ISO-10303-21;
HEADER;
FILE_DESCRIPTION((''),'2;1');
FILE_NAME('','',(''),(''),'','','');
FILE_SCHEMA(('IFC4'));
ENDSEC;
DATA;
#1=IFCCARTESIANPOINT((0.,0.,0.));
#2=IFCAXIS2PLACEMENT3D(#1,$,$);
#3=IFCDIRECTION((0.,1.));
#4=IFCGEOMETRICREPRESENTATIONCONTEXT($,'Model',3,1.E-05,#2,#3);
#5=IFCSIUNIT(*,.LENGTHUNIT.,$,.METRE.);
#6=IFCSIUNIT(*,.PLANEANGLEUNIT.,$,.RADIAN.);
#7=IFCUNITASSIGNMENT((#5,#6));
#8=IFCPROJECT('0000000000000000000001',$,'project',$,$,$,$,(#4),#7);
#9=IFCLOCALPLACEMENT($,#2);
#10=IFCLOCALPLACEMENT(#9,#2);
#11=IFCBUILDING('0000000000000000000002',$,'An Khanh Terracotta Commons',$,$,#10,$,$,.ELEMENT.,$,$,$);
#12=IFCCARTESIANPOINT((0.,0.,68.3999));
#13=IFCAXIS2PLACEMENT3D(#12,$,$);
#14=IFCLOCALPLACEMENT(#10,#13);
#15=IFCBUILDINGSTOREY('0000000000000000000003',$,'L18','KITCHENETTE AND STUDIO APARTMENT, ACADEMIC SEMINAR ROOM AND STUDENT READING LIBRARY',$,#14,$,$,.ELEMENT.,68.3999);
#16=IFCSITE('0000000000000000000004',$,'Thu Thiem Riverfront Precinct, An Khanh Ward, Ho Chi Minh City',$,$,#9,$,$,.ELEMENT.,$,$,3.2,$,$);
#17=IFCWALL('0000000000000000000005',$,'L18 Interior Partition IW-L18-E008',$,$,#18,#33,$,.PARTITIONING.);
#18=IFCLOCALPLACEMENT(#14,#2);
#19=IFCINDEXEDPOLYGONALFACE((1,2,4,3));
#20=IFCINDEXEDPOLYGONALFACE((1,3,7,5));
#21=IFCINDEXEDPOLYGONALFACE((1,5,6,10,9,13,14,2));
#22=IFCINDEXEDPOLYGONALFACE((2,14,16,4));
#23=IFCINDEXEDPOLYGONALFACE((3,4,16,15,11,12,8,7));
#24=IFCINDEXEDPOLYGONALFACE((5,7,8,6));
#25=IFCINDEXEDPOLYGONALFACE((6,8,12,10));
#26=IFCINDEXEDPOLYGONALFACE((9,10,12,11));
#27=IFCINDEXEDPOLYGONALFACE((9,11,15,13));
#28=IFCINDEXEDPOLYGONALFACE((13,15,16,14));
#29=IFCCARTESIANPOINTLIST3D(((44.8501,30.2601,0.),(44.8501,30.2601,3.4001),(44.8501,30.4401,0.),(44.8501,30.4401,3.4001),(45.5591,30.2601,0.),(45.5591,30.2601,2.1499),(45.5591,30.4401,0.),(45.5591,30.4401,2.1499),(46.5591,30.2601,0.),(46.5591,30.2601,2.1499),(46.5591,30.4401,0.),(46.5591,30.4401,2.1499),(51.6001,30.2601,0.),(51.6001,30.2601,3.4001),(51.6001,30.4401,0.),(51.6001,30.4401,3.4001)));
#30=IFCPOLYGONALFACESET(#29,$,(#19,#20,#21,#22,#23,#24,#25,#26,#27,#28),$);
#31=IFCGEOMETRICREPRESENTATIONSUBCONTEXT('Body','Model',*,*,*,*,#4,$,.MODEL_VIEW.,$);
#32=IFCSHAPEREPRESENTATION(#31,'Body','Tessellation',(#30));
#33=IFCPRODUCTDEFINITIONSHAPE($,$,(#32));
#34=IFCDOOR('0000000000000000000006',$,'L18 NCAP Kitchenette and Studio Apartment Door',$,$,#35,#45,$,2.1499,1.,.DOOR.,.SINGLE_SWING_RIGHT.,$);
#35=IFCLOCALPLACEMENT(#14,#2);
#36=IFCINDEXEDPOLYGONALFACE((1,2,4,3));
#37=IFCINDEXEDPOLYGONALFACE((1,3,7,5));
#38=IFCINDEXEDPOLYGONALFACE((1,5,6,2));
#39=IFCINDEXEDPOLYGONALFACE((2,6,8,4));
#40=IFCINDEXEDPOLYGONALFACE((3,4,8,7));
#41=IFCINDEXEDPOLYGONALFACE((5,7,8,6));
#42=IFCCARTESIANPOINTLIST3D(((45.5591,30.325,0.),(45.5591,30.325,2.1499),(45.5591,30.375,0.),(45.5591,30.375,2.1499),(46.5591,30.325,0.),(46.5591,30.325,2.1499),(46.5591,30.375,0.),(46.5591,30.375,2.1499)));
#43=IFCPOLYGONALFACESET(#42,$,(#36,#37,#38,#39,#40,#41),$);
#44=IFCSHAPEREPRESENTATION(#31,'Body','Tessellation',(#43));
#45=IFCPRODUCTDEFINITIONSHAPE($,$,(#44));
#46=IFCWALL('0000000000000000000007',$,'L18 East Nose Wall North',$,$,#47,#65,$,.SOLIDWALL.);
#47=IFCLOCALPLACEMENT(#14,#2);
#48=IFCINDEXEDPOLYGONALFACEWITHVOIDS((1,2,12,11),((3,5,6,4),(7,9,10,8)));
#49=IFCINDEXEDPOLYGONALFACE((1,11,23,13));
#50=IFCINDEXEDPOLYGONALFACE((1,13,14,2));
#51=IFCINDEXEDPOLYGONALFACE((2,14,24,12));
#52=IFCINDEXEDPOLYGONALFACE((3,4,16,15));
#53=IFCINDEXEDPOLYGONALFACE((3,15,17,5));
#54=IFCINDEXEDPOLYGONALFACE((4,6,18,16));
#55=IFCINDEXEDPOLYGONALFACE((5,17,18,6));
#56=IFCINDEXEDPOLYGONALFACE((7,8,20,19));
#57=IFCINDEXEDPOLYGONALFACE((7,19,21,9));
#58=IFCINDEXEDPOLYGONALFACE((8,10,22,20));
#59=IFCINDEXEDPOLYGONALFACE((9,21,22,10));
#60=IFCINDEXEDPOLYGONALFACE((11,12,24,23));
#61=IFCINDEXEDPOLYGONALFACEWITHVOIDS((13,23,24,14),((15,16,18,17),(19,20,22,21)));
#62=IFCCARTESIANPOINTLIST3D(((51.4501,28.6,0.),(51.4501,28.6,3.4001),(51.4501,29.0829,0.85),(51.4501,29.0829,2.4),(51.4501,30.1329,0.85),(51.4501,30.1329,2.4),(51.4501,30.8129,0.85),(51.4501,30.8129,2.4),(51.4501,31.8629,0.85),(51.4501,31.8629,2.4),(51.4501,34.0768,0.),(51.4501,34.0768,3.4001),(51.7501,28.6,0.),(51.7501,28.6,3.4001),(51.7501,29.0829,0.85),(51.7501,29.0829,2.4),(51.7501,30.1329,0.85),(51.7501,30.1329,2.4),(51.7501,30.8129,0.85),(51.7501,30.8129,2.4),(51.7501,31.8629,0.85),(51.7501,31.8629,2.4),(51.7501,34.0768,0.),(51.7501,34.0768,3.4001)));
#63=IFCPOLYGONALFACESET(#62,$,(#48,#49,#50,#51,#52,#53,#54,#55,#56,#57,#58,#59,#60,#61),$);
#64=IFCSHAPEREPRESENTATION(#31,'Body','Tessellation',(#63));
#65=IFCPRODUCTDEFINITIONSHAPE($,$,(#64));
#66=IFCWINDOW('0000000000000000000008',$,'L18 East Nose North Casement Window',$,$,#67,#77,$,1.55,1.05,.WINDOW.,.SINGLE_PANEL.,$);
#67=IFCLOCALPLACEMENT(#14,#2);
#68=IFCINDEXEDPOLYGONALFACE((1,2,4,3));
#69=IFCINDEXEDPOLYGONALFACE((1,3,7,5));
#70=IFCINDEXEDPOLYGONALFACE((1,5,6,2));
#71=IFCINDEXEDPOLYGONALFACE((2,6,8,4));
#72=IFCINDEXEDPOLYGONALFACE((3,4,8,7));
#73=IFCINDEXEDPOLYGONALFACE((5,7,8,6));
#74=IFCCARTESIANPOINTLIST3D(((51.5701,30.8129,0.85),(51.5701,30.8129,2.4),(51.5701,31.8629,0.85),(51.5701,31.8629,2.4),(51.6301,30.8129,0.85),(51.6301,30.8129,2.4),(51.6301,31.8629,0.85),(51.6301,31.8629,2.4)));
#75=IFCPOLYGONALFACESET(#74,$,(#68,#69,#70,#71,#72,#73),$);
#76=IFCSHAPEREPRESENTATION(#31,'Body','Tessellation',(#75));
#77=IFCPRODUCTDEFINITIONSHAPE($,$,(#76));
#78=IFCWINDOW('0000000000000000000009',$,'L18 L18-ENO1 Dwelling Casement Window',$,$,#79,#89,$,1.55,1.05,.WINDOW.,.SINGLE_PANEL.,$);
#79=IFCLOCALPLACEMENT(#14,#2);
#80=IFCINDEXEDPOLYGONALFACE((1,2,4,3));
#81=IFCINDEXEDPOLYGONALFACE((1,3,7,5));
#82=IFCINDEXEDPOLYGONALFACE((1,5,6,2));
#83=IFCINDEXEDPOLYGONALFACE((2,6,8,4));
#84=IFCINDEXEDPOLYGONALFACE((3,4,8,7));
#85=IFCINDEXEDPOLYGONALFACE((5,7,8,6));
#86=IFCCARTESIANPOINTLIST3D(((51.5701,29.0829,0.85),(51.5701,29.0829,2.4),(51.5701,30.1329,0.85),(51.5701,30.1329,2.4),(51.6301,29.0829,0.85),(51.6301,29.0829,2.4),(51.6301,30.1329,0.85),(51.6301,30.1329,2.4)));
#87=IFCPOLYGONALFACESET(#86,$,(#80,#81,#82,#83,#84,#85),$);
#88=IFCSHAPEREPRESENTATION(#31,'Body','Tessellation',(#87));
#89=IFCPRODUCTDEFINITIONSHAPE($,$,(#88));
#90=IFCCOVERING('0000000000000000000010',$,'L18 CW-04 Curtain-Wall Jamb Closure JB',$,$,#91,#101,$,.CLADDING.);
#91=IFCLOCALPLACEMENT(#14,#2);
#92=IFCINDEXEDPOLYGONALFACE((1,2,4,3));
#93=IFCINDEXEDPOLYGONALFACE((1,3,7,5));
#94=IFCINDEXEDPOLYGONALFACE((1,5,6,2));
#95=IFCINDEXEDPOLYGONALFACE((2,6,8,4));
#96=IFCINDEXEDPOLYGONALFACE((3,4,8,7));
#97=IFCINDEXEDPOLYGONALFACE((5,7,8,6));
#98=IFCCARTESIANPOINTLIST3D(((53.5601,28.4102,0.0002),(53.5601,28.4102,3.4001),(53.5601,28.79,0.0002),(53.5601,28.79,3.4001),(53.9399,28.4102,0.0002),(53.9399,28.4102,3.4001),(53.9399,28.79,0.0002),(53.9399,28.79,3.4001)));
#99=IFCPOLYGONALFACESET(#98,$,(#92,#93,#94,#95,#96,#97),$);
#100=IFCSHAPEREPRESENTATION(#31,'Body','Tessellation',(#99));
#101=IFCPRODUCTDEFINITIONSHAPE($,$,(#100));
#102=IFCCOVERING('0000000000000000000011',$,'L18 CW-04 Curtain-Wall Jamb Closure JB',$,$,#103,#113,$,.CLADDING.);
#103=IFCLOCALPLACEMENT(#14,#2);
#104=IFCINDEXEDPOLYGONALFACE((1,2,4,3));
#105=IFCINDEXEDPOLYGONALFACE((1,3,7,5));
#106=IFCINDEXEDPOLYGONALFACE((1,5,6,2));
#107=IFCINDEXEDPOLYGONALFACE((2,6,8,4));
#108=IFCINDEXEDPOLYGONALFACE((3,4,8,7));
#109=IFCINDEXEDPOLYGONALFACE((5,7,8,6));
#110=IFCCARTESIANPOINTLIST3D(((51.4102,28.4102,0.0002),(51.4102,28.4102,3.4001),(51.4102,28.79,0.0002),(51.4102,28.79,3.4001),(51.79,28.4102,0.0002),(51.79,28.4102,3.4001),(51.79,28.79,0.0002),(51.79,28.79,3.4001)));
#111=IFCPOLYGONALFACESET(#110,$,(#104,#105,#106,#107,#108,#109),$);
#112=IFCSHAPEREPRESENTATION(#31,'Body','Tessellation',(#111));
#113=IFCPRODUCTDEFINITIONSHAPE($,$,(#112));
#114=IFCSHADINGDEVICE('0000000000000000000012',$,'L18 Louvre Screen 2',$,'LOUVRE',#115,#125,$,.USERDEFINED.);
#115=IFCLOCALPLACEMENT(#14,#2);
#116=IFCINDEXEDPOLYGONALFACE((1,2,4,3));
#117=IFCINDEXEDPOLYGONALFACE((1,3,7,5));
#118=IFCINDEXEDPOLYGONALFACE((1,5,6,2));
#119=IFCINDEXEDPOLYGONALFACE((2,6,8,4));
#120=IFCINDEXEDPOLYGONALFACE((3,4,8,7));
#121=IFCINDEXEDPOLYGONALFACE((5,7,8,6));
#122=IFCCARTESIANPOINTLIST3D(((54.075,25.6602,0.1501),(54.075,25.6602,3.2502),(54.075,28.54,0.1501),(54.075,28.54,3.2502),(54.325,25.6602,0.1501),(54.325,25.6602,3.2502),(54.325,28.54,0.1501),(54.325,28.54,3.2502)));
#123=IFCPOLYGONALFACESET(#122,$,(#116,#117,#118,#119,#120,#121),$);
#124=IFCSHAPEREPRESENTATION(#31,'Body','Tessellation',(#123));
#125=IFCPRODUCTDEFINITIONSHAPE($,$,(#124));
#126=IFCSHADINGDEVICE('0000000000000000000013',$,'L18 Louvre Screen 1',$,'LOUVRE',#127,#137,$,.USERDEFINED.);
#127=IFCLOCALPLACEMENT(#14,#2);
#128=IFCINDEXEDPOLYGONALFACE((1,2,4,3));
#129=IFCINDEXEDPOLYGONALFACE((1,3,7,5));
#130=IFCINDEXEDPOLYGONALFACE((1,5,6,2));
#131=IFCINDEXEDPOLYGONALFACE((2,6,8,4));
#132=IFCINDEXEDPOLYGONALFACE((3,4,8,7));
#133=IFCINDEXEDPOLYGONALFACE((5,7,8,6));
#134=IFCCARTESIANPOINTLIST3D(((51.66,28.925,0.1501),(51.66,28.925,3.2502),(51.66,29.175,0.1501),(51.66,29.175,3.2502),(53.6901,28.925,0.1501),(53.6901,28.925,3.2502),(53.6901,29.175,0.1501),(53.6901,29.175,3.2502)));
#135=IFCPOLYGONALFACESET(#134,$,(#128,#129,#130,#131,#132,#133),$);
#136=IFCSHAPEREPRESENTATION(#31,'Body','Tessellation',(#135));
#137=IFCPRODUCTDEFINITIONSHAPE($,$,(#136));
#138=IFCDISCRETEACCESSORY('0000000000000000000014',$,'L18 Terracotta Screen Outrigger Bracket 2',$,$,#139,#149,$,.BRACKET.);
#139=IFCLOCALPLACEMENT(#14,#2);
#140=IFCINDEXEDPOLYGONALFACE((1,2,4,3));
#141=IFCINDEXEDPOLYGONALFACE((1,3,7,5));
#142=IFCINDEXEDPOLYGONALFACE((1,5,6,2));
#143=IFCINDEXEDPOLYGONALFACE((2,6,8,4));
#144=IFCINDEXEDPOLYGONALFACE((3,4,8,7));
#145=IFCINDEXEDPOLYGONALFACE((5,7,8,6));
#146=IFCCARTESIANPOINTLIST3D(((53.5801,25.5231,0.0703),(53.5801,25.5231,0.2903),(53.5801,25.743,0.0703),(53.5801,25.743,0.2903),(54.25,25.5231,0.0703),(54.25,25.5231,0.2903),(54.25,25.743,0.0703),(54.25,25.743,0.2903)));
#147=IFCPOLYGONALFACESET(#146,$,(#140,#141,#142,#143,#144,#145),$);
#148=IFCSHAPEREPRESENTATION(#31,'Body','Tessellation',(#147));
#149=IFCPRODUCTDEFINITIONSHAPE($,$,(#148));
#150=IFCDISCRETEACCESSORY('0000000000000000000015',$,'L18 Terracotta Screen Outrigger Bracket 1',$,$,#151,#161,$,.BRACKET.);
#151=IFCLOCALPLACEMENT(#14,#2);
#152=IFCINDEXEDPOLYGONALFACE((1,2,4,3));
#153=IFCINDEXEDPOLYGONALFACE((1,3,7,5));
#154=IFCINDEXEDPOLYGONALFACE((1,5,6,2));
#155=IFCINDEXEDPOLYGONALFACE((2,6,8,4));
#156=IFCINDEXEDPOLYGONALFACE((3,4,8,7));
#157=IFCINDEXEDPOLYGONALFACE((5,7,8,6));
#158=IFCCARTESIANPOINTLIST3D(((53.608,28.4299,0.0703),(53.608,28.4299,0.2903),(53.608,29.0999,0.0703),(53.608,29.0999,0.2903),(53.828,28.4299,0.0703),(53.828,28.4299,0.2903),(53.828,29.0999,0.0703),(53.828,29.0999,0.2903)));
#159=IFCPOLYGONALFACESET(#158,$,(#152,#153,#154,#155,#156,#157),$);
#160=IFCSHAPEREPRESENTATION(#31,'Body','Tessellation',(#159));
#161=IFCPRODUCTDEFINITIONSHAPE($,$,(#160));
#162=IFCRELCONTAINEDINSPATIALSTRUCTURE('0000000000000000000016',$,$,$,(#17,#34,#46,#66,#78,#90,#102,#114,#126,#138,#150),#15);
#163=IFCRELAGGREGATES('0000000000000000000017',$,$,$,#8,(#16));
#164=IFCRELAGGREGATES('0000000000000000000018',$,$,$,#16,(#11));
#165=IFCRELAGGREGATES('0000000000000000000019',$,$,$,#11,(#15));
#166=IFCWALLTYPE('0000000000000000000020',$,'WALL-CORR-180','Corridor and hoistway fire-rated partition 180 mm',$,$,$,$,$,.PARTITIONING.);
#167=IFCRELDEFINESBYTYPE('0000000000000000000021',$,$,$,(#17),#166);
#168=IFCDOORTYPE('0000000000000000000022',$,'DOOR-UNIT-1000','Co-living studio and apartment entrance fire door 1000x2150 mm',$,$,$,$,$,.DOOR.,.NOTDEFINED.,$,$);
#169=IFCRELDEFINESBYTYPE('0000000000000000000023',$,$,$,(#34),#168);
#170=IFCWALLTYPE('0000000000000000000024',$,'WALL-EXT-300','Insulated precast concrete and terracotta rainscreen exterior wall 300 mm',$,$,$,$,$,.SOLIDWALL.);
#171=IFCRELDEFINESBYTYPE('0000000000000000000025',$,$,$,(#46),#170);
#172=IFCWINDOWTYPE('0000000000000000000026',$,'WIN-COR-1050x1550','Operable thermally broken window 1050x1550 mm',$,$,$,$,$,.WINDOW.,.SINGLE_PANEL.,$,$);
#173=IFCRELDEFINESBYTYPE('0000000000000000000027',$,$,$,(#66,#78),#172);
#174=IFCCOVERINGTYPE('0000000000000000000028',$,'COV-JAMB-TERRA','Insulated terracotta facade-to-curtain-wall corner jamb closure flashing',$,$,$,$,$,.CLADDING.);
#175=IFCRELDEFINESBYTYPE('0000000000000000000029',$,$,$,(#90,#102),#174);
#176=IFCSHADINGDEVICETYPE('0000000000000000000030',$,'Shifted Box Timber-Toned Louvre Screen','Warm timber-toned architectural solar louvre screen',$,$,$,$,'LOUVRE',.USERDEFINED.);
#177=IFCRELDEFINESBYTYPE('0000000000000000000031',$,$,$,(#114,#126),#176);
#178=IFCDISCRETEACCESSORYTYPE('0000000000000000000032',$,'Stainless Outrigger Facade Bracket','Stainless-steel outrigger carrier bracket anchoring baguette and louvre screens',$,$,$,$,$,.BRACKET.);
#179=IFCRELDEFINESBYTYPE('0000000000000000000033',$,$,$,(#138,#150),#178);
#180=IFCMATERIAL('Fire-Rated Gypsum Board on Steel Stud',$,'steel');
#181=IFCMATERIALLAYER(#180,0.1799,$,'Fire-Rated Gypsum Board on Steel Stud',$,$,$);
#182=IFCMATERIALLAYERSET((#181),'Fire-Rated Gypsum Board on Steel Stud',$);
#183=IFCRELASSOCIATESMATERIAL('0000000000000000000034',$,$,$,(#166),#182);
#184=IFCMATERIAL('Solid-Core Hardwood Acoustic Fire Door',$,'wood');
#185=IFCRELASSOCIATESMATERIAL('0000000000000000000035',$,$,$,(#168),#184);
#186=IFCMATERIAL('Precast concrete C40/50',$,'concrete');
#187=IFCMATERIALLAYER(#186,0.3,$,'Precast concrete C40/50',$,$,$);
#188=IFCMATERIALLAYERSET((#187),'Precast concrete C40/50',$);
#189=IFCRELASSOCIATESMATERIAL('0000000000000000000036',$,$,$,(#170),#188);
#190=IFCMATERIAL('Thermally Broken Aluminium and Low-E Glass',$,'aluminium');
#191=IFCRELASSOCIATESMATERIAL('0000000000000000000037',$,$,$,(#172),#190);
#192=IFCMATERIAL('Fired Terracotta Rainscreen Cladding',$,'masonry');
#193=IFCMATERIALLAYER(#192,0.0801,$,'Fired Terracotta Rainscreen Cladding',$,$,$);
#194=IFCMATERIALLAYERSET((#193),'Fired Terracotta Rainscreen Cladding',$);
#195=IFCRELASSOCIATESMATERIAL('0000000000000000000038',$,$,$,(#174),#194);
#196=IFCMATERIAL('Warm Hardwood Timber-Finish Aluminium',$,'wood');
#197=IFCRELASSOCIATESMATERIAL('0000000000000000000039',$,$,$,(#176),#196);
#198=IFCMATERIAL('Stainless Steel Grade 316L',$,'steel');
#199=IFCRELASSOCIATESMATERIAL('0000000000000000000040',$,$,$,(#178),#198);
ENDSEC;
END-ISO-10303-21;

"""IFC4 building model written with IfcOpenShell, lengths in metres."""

from ifc_helpers import new_model, si_unit, direction, frame, frame_2d, origin, origin_2d, place, context, subcontext, project, spatial, rectangle, extrude, material, layer, layer_set, type_object, element, fill, save


model = new_model("IFC4")

# Units and contexts
model_context = context("Model", 3, precision=1e-05, world=origin(), true_north=direction((0.0, 1.0)))
body_context = subcontext(model_context, "Body", "Model", "MODEL_VIEW")
ifc_project = project(units=[si_unit("LENGTHUNIT", "METRE"), si_unit("PLANEANGLEUNIT", "RADIAN")], contexts=[model_context])

# Site, building, storey
site_placement = place(None, origin())
site = spatial("IfcSite", under=ifc_project, at=site_placement, Name="Thu Thiem Riverfront Precinct, An Khanh Ward, Ho Chi Minh City", CompositionType="ELEMENT", RefElevation=3.2)
building_placement = place(site_placement, origin())
building = spatial("IfcBuilding", under=site, at=building_placement, Name="An Khanh Terracotta Commons", CompositionType="ELEMENT")
storey_placement = place(building_placement, frame((0.0, 0.0, 68.3999)))
storey = spatial("IfcBuildingStorey", under=building, at=storey_placement, Name="L18", Description="KITCHENETTE AND STUDIO APARTMENT, ACADEMIC SEMINAR ROOM AND STUDENT READING LIBRARY", CompositionType="ELEMENT", Elevation=68.3999)

# Wall, opening, door
ifc_material_1 = material(Name="Fire-Rated Gypsum Board on Steel Stud", Category="steel")
ifc_layer_1 = layer(ifc_material_1, 0.1799, Name="Fire-Rated Gypsum Board on Steel Stud")
ifc_layer_set_1 = layer_set([ifc_layer_1], Name="Fire-Rated Gypsum Board on Steel Stud")
wall_type_1 = type_object("IfcWallType", Name="WALL-CORR-180", Description="Corridor and hoistway fire-rated partition 180 mm", PredefinedType="PARTITIONING", material=ifc_layer_set_1)
wall_1_placement = place(storey_placement, frame((44.8501, 30.3501, 0.0), z_axis=(0.0, 0.0, 1.0), x_axis=(1.0, 0.0, 0.0)))
wall_1 = element("IfcWall", 1, at=wall_1_placement, inside=storey, type_object=wall_type_1, Name="L18 Interior Partition IW-L18-E008", PredefinedType="PARTITIONING", context=body_context, shape_type="SweptSolid", body=[
    extrude(rectangle(XDim=6.75, YDim=0.1799, at=frame_2d((3.375, 0.0))), origin(), (0.0, 0.0, 1.0), 3.4001),
])
opening_1_placement = place(wall_1_placement, frame((0.709, 0.0, 0.0)))
opening_1 = element("IfcOpeningElement", 2, at=opening_1_placement, cuts=wall_1, PredefinedType="OPENING", context=body_context, shape_type="SweptSolid", body=[
    extrude(rectangle(XDim=1.0, YDim=2.1499, at=frame_2d((0.5, 1.075))), frame((0.0, 0.0999, 0.0), z_axis=(0.0, -1.0, 0.0), x_axis=(1.0, 0.0, 0.0)), (0.0, 0.0, 1.0), 0.2),
])
ifc_material_2 = material(Name="Solid-Core Hardwood Acoustic Fire Door", Category="wood")
door_type = type_object("IfcDoorType", Name="DOOR-UNIT-1000", Description="Co-living studio and apartment entrance fire door 1000x2150 mm", OperationType="NOTDEFINED", PredefinedType="DOOR", material=ifc_material_2)
door_placement = place(opening_1_placement, origin())
door = element("IfcDoor", 3, at=door_placement, inside=storey, type_object=door_type, Name="L18 NCAP Kitchenette and Studio Apartment Door", OperationType="SINGLE_SWING_RIGHT", OverallHeight=2.1499, OverallWidth=1.0, PredefinedType="DOOR", context=body_context, shape_type="SweptSolid", body=[
    extrude(rectangle(XDim=1.0, YDim=2.1499, at=frame_2d((0.5, 1.075))), frame((0.0, 0.0249, 0.0), z_axis=(0.0, -1.0, 0.0), x_axis=(1.0, 0.0, 0.0)), (0.0, 0.0, 1.0), 0.05),
])
fill(opening_1, door)

# Wall, openings, windows
ifc_material_3 = material(Name="Precast concrete C40/50", Category="concrete")
ifc_layer_2 = layer(ifc_material_3, 0.3, Name="Precast concrete C40/50")
ifc_layer_set_2 = layer_set([ifc_layer_2], Name="Precast concrete C40/50")
wall_type_2 = type_object("IfcWallType", Name="WALL-EXT-300", Description="Insulated precast concrete and terracotta rainscreen exterior wall 300 mm", PredefinedType="SOLIDWALL", material=ifc_layer_set_2)
wall_2_placement = place(storey_placement, frame((51.6001, 28.6001, 0.0), z_axis=(0.0, 0.0, 1.0), x_axis=(0.0, 1.0, 0.0)))
wall_2 = element("IfcWall", 4, at=wall_2_placement, inside=storey, type_object=wall_type_2, Name="L18 East Nose Wall North", PredefinedType="SOLIDWALL", context=body_context, shape_type="SweptSolid", body=[
    extrude(rectangle(XDim=5.4768, YDim=0.3, at=frame_2d((2.7383, 0.0))), origin(), (0.0, 0.0, 1.0), 3.4001),
])
opening_2_placement = place(wall_2_placement, frame((2.2129, 0.0, 0.8501)))
opening_2 = element("IfcOpeningElement", 5, at=opening_2_placement, cuts=wall_2, PredefinedType="OPENING", context=body_context, shape_type="SweptSolid", body=[
    extrude(rectangle(XDim=1.05, YDim=1.55, at=frame_2d((0.5249, 0.7749))), frame((0.0, 0.1599, 0.0), z_axis=(0.0, -1.0, 0.0), x_axis=(1.0, 0.0, 0.0)), (0.0, 0.0, 1.0), 0.3201),
])
opening_3_placement = place(wall_2_placement, frame((0.4829, 0.0, 0.8501)))
opening_3 = element("IfcOpeningElement", 6, at=opening_3_placement, cuts=wall_2, PredefinedType="OPENING", context=body_context, shape_type="SweptSolid", body=[
    extrude(rectangle(XDim=1.05, YDim=1.55, at=frame_2d((0.5249, 0.7749))), frame((0.0, 0.1599, 0.0), z_axis=(0.0, -1.0, 0.0), x_axis=(1.0, 0.0, 0.0)), (0.0, 0.0, 1.0), 0.3201),
])
ifc_material_4 = material(Name="Thermally Broken Aluminium and Low-E Glass", Category="aluminium")
window_type = type_object("IfcWindowType", Name="WIN-COR-1050x1550", Description="Operable thermally broken window 1050x1550 mm", PartitioningType="SINGLE_PANEL", PredefinedType="WINDOW", material=ifc_material_4)
window_1_placement = place(opening_2_placement, origin())
window_1 = element("IfcWindow", 7, at=window_1_placement, inside=storey, type_object=window_type, Name="L18 East Nose North Casement Window", OverallHeight=1.55, OverallWidth=1.05, PartitioningType="SINGLE_PANEL", PredefinedType="WINDOW", context=body_context, shape_type="SweptSolid", body=[
    extrude(rectangle(XDim=1.05, YDim=1.55, at=frame_2d((0.5249, 0.7749))), frame((0.0, 0.03, 0.0), z_axis=(0.0, -1.0, 0.0), x_axis=(1.0, 0.0, 0.0)), (0.0, 0.0, 1.0), 0.0601),
])
fill(opening_2, window_1)
window_2_placement = place(opening_3_placement, origin())
window_2 = element("IfcWindow", 8, at=window_2_placement, inside=storey, type_object=window_type, Name="L18 L18-ENO1 Dwelling Casement Window", OverallHeight=1.55, OverallWidth=1.05, PartitioningType="SINGLE_PANEL", PredefinedType="WINDOW", context=body_context, shape_type="SweptSolid", body=[
    extrude(rectangle(XDim=1.05, YDim=1.55, at=frame_2d((0.5249, 0.7749))), frame((0.0, 0.03, 0.0), z_axis=(0.0, -1.0, 0.0), x_axis=(1.0, 0.0, 0.0)), (0.0, 0.0, 1.0), 0.0601),
])
fill(opening_3, window_2)

# Coverings
ifc_material_5 = material(Name="Fired Terracotta Rainscreen Cladding", Category="masonry")
ifc_layer_3 = layer(ifc_material_5, 0.0801, Name="Fired Terracotta Rainscreen Cladding")
ifc_layer_set_3 = layer_set([ifc_layer_3], Name="Fired Terracotta Rainscreen Cladding")
covering_type = type_object("IfcCoveringType", Name="COV-JAMB-TERRA", Description="Insulated terracotta facade-to-curtain-wall corner jamb closure flashing", PredefinedType="CLADDING", material=ifc_layer_set_3)
for number, where, z_axis, x_axis, name in (
    (9, (53.75, 28.6001, 0.0002), (0.0, 0.0, 1.0), (1.0, 0.0, 0.0), "L18 CW-04 Curtain-Wall Jamb Closure JB"),
    (10, (51.6001, 28.6001, 0.0002), (0.0, 0.0, 1.0), (1.0, 0.0, 0.0), "L18 CW-04 Curtain-Wall Jamb Closure JB"),
):
    element("IfcCovering", number, at=place(storey_placement, frame(where, z_axis=z_axis, x_axis=x_axis)), inside=storey, type_object=covering_type, Name=name, PredefinedType="CLADDING", context=body_context, shape_type="SweptSolid", body=[
        extrude(rectangle(XDim=0.3799, YDim=0.3799, at=origin_2d()), origin(), (0.0, 0.0, 1.0), 3.3999),
    ])

# Shading devices
ifc_material_6 = material(Name="Warm Hardwood Timber-Finish Aluminium", Category="wood")
shading_device_type = type_object("IfcShadingDeviceType", Name="Shifted Box Timber-Toned Louvre Screen", Description="Warm timber-toned architectural solar louvre screen", ElementType="LOUVRE", PredefinedType="USERDEFINED", material=ifc_material_6)
shading_device_1_placement = place(storey_placement, frame((54.2, 27.1001, 0.1501), z_axis=(0.0, 0.0, 1.0), x_axis=(0.0, 1.0, 0.0)))
element("IfcShadingDevice", 11, at=shading_device_1_placement, inside=storey, type_object=shading_device_type, Name="L18 Louvre Screen 2", ObjectType="LOUVRE", PredefinedType="USERDEFINED", context=body_context, shape_type="SweptSolid", body=[
    extrude(rectangle(XDim=2.8799, YDim=0.25, at=origin_2d()), origin(), (0.0, 0.0, 1.0), 3.1001),
])
shading_device_2_placement = place(storey_placement, frame((52.675, 29.05, 0.1501), z_axis=(0.0, 0.0, 1.0), x_axis=(-1.0, 0.0, 0.0)))
element("IfcShadingDevice", 12, at=shading_device_2_placement, inside=storey, type_object=shading_device_type, Name="L18 Louvre Screen 1", ObjectType="LOUVRE", PredefinedType="USERDEFINED", context=body_context, shape_type="SweptSolid", body=[
    extrude(rectangle(XDim=2.03, YDim=0.25, at=origin_2d()), origin(), (0.0, 0.0, 1.0), 3.1001),
])

# Discrete accessories
ifc_material_7 = material(Name="Stainless Steel Grade 316L", Category="steel")
discrete_accessory_type = type_object("IfcDiscreteAccessoryType", Name="Stainless Outrigger Facade Bracket", Description="Stainless-steel outrigger carrier bracket anchoring baguette and louvre screens", PredefinedType="BRACKET", material=ifc_material_7)
for number, where, z_axis, x_axis, name in (
    (13, (53.915, 25.6331, 0.0703), (0.0, 0.0, 1.0), (0.0, 1.0, 0.0), "L18 Terracotta Screen Outrigger Bracket 2"),
    (14, (53.718, 28.7649, 0.0703), (0.0, 0.0, 1.0), (-1.0, 0.0, 0.0), "L18 Terracotta Screen Outrigger Bracket 1"),
):
    element("IfcDiscreteAccessory", number, at=place(storey_placement, frame(where, z_axis=z_axis, x_axis=x_axis)), inside=storey, type_object=discrete_accessory_type, Name=name, PredefinedType="BRACKET", context=body_context, shape_type="SweptSolid", body=[
        extrude(rectangle(XDim=0.22, YDim=0.6699, at=origin_2d()), origin(), (0.0, 0.0, 1.0), 0.22),
    ])

save(model, "model.ifc")
